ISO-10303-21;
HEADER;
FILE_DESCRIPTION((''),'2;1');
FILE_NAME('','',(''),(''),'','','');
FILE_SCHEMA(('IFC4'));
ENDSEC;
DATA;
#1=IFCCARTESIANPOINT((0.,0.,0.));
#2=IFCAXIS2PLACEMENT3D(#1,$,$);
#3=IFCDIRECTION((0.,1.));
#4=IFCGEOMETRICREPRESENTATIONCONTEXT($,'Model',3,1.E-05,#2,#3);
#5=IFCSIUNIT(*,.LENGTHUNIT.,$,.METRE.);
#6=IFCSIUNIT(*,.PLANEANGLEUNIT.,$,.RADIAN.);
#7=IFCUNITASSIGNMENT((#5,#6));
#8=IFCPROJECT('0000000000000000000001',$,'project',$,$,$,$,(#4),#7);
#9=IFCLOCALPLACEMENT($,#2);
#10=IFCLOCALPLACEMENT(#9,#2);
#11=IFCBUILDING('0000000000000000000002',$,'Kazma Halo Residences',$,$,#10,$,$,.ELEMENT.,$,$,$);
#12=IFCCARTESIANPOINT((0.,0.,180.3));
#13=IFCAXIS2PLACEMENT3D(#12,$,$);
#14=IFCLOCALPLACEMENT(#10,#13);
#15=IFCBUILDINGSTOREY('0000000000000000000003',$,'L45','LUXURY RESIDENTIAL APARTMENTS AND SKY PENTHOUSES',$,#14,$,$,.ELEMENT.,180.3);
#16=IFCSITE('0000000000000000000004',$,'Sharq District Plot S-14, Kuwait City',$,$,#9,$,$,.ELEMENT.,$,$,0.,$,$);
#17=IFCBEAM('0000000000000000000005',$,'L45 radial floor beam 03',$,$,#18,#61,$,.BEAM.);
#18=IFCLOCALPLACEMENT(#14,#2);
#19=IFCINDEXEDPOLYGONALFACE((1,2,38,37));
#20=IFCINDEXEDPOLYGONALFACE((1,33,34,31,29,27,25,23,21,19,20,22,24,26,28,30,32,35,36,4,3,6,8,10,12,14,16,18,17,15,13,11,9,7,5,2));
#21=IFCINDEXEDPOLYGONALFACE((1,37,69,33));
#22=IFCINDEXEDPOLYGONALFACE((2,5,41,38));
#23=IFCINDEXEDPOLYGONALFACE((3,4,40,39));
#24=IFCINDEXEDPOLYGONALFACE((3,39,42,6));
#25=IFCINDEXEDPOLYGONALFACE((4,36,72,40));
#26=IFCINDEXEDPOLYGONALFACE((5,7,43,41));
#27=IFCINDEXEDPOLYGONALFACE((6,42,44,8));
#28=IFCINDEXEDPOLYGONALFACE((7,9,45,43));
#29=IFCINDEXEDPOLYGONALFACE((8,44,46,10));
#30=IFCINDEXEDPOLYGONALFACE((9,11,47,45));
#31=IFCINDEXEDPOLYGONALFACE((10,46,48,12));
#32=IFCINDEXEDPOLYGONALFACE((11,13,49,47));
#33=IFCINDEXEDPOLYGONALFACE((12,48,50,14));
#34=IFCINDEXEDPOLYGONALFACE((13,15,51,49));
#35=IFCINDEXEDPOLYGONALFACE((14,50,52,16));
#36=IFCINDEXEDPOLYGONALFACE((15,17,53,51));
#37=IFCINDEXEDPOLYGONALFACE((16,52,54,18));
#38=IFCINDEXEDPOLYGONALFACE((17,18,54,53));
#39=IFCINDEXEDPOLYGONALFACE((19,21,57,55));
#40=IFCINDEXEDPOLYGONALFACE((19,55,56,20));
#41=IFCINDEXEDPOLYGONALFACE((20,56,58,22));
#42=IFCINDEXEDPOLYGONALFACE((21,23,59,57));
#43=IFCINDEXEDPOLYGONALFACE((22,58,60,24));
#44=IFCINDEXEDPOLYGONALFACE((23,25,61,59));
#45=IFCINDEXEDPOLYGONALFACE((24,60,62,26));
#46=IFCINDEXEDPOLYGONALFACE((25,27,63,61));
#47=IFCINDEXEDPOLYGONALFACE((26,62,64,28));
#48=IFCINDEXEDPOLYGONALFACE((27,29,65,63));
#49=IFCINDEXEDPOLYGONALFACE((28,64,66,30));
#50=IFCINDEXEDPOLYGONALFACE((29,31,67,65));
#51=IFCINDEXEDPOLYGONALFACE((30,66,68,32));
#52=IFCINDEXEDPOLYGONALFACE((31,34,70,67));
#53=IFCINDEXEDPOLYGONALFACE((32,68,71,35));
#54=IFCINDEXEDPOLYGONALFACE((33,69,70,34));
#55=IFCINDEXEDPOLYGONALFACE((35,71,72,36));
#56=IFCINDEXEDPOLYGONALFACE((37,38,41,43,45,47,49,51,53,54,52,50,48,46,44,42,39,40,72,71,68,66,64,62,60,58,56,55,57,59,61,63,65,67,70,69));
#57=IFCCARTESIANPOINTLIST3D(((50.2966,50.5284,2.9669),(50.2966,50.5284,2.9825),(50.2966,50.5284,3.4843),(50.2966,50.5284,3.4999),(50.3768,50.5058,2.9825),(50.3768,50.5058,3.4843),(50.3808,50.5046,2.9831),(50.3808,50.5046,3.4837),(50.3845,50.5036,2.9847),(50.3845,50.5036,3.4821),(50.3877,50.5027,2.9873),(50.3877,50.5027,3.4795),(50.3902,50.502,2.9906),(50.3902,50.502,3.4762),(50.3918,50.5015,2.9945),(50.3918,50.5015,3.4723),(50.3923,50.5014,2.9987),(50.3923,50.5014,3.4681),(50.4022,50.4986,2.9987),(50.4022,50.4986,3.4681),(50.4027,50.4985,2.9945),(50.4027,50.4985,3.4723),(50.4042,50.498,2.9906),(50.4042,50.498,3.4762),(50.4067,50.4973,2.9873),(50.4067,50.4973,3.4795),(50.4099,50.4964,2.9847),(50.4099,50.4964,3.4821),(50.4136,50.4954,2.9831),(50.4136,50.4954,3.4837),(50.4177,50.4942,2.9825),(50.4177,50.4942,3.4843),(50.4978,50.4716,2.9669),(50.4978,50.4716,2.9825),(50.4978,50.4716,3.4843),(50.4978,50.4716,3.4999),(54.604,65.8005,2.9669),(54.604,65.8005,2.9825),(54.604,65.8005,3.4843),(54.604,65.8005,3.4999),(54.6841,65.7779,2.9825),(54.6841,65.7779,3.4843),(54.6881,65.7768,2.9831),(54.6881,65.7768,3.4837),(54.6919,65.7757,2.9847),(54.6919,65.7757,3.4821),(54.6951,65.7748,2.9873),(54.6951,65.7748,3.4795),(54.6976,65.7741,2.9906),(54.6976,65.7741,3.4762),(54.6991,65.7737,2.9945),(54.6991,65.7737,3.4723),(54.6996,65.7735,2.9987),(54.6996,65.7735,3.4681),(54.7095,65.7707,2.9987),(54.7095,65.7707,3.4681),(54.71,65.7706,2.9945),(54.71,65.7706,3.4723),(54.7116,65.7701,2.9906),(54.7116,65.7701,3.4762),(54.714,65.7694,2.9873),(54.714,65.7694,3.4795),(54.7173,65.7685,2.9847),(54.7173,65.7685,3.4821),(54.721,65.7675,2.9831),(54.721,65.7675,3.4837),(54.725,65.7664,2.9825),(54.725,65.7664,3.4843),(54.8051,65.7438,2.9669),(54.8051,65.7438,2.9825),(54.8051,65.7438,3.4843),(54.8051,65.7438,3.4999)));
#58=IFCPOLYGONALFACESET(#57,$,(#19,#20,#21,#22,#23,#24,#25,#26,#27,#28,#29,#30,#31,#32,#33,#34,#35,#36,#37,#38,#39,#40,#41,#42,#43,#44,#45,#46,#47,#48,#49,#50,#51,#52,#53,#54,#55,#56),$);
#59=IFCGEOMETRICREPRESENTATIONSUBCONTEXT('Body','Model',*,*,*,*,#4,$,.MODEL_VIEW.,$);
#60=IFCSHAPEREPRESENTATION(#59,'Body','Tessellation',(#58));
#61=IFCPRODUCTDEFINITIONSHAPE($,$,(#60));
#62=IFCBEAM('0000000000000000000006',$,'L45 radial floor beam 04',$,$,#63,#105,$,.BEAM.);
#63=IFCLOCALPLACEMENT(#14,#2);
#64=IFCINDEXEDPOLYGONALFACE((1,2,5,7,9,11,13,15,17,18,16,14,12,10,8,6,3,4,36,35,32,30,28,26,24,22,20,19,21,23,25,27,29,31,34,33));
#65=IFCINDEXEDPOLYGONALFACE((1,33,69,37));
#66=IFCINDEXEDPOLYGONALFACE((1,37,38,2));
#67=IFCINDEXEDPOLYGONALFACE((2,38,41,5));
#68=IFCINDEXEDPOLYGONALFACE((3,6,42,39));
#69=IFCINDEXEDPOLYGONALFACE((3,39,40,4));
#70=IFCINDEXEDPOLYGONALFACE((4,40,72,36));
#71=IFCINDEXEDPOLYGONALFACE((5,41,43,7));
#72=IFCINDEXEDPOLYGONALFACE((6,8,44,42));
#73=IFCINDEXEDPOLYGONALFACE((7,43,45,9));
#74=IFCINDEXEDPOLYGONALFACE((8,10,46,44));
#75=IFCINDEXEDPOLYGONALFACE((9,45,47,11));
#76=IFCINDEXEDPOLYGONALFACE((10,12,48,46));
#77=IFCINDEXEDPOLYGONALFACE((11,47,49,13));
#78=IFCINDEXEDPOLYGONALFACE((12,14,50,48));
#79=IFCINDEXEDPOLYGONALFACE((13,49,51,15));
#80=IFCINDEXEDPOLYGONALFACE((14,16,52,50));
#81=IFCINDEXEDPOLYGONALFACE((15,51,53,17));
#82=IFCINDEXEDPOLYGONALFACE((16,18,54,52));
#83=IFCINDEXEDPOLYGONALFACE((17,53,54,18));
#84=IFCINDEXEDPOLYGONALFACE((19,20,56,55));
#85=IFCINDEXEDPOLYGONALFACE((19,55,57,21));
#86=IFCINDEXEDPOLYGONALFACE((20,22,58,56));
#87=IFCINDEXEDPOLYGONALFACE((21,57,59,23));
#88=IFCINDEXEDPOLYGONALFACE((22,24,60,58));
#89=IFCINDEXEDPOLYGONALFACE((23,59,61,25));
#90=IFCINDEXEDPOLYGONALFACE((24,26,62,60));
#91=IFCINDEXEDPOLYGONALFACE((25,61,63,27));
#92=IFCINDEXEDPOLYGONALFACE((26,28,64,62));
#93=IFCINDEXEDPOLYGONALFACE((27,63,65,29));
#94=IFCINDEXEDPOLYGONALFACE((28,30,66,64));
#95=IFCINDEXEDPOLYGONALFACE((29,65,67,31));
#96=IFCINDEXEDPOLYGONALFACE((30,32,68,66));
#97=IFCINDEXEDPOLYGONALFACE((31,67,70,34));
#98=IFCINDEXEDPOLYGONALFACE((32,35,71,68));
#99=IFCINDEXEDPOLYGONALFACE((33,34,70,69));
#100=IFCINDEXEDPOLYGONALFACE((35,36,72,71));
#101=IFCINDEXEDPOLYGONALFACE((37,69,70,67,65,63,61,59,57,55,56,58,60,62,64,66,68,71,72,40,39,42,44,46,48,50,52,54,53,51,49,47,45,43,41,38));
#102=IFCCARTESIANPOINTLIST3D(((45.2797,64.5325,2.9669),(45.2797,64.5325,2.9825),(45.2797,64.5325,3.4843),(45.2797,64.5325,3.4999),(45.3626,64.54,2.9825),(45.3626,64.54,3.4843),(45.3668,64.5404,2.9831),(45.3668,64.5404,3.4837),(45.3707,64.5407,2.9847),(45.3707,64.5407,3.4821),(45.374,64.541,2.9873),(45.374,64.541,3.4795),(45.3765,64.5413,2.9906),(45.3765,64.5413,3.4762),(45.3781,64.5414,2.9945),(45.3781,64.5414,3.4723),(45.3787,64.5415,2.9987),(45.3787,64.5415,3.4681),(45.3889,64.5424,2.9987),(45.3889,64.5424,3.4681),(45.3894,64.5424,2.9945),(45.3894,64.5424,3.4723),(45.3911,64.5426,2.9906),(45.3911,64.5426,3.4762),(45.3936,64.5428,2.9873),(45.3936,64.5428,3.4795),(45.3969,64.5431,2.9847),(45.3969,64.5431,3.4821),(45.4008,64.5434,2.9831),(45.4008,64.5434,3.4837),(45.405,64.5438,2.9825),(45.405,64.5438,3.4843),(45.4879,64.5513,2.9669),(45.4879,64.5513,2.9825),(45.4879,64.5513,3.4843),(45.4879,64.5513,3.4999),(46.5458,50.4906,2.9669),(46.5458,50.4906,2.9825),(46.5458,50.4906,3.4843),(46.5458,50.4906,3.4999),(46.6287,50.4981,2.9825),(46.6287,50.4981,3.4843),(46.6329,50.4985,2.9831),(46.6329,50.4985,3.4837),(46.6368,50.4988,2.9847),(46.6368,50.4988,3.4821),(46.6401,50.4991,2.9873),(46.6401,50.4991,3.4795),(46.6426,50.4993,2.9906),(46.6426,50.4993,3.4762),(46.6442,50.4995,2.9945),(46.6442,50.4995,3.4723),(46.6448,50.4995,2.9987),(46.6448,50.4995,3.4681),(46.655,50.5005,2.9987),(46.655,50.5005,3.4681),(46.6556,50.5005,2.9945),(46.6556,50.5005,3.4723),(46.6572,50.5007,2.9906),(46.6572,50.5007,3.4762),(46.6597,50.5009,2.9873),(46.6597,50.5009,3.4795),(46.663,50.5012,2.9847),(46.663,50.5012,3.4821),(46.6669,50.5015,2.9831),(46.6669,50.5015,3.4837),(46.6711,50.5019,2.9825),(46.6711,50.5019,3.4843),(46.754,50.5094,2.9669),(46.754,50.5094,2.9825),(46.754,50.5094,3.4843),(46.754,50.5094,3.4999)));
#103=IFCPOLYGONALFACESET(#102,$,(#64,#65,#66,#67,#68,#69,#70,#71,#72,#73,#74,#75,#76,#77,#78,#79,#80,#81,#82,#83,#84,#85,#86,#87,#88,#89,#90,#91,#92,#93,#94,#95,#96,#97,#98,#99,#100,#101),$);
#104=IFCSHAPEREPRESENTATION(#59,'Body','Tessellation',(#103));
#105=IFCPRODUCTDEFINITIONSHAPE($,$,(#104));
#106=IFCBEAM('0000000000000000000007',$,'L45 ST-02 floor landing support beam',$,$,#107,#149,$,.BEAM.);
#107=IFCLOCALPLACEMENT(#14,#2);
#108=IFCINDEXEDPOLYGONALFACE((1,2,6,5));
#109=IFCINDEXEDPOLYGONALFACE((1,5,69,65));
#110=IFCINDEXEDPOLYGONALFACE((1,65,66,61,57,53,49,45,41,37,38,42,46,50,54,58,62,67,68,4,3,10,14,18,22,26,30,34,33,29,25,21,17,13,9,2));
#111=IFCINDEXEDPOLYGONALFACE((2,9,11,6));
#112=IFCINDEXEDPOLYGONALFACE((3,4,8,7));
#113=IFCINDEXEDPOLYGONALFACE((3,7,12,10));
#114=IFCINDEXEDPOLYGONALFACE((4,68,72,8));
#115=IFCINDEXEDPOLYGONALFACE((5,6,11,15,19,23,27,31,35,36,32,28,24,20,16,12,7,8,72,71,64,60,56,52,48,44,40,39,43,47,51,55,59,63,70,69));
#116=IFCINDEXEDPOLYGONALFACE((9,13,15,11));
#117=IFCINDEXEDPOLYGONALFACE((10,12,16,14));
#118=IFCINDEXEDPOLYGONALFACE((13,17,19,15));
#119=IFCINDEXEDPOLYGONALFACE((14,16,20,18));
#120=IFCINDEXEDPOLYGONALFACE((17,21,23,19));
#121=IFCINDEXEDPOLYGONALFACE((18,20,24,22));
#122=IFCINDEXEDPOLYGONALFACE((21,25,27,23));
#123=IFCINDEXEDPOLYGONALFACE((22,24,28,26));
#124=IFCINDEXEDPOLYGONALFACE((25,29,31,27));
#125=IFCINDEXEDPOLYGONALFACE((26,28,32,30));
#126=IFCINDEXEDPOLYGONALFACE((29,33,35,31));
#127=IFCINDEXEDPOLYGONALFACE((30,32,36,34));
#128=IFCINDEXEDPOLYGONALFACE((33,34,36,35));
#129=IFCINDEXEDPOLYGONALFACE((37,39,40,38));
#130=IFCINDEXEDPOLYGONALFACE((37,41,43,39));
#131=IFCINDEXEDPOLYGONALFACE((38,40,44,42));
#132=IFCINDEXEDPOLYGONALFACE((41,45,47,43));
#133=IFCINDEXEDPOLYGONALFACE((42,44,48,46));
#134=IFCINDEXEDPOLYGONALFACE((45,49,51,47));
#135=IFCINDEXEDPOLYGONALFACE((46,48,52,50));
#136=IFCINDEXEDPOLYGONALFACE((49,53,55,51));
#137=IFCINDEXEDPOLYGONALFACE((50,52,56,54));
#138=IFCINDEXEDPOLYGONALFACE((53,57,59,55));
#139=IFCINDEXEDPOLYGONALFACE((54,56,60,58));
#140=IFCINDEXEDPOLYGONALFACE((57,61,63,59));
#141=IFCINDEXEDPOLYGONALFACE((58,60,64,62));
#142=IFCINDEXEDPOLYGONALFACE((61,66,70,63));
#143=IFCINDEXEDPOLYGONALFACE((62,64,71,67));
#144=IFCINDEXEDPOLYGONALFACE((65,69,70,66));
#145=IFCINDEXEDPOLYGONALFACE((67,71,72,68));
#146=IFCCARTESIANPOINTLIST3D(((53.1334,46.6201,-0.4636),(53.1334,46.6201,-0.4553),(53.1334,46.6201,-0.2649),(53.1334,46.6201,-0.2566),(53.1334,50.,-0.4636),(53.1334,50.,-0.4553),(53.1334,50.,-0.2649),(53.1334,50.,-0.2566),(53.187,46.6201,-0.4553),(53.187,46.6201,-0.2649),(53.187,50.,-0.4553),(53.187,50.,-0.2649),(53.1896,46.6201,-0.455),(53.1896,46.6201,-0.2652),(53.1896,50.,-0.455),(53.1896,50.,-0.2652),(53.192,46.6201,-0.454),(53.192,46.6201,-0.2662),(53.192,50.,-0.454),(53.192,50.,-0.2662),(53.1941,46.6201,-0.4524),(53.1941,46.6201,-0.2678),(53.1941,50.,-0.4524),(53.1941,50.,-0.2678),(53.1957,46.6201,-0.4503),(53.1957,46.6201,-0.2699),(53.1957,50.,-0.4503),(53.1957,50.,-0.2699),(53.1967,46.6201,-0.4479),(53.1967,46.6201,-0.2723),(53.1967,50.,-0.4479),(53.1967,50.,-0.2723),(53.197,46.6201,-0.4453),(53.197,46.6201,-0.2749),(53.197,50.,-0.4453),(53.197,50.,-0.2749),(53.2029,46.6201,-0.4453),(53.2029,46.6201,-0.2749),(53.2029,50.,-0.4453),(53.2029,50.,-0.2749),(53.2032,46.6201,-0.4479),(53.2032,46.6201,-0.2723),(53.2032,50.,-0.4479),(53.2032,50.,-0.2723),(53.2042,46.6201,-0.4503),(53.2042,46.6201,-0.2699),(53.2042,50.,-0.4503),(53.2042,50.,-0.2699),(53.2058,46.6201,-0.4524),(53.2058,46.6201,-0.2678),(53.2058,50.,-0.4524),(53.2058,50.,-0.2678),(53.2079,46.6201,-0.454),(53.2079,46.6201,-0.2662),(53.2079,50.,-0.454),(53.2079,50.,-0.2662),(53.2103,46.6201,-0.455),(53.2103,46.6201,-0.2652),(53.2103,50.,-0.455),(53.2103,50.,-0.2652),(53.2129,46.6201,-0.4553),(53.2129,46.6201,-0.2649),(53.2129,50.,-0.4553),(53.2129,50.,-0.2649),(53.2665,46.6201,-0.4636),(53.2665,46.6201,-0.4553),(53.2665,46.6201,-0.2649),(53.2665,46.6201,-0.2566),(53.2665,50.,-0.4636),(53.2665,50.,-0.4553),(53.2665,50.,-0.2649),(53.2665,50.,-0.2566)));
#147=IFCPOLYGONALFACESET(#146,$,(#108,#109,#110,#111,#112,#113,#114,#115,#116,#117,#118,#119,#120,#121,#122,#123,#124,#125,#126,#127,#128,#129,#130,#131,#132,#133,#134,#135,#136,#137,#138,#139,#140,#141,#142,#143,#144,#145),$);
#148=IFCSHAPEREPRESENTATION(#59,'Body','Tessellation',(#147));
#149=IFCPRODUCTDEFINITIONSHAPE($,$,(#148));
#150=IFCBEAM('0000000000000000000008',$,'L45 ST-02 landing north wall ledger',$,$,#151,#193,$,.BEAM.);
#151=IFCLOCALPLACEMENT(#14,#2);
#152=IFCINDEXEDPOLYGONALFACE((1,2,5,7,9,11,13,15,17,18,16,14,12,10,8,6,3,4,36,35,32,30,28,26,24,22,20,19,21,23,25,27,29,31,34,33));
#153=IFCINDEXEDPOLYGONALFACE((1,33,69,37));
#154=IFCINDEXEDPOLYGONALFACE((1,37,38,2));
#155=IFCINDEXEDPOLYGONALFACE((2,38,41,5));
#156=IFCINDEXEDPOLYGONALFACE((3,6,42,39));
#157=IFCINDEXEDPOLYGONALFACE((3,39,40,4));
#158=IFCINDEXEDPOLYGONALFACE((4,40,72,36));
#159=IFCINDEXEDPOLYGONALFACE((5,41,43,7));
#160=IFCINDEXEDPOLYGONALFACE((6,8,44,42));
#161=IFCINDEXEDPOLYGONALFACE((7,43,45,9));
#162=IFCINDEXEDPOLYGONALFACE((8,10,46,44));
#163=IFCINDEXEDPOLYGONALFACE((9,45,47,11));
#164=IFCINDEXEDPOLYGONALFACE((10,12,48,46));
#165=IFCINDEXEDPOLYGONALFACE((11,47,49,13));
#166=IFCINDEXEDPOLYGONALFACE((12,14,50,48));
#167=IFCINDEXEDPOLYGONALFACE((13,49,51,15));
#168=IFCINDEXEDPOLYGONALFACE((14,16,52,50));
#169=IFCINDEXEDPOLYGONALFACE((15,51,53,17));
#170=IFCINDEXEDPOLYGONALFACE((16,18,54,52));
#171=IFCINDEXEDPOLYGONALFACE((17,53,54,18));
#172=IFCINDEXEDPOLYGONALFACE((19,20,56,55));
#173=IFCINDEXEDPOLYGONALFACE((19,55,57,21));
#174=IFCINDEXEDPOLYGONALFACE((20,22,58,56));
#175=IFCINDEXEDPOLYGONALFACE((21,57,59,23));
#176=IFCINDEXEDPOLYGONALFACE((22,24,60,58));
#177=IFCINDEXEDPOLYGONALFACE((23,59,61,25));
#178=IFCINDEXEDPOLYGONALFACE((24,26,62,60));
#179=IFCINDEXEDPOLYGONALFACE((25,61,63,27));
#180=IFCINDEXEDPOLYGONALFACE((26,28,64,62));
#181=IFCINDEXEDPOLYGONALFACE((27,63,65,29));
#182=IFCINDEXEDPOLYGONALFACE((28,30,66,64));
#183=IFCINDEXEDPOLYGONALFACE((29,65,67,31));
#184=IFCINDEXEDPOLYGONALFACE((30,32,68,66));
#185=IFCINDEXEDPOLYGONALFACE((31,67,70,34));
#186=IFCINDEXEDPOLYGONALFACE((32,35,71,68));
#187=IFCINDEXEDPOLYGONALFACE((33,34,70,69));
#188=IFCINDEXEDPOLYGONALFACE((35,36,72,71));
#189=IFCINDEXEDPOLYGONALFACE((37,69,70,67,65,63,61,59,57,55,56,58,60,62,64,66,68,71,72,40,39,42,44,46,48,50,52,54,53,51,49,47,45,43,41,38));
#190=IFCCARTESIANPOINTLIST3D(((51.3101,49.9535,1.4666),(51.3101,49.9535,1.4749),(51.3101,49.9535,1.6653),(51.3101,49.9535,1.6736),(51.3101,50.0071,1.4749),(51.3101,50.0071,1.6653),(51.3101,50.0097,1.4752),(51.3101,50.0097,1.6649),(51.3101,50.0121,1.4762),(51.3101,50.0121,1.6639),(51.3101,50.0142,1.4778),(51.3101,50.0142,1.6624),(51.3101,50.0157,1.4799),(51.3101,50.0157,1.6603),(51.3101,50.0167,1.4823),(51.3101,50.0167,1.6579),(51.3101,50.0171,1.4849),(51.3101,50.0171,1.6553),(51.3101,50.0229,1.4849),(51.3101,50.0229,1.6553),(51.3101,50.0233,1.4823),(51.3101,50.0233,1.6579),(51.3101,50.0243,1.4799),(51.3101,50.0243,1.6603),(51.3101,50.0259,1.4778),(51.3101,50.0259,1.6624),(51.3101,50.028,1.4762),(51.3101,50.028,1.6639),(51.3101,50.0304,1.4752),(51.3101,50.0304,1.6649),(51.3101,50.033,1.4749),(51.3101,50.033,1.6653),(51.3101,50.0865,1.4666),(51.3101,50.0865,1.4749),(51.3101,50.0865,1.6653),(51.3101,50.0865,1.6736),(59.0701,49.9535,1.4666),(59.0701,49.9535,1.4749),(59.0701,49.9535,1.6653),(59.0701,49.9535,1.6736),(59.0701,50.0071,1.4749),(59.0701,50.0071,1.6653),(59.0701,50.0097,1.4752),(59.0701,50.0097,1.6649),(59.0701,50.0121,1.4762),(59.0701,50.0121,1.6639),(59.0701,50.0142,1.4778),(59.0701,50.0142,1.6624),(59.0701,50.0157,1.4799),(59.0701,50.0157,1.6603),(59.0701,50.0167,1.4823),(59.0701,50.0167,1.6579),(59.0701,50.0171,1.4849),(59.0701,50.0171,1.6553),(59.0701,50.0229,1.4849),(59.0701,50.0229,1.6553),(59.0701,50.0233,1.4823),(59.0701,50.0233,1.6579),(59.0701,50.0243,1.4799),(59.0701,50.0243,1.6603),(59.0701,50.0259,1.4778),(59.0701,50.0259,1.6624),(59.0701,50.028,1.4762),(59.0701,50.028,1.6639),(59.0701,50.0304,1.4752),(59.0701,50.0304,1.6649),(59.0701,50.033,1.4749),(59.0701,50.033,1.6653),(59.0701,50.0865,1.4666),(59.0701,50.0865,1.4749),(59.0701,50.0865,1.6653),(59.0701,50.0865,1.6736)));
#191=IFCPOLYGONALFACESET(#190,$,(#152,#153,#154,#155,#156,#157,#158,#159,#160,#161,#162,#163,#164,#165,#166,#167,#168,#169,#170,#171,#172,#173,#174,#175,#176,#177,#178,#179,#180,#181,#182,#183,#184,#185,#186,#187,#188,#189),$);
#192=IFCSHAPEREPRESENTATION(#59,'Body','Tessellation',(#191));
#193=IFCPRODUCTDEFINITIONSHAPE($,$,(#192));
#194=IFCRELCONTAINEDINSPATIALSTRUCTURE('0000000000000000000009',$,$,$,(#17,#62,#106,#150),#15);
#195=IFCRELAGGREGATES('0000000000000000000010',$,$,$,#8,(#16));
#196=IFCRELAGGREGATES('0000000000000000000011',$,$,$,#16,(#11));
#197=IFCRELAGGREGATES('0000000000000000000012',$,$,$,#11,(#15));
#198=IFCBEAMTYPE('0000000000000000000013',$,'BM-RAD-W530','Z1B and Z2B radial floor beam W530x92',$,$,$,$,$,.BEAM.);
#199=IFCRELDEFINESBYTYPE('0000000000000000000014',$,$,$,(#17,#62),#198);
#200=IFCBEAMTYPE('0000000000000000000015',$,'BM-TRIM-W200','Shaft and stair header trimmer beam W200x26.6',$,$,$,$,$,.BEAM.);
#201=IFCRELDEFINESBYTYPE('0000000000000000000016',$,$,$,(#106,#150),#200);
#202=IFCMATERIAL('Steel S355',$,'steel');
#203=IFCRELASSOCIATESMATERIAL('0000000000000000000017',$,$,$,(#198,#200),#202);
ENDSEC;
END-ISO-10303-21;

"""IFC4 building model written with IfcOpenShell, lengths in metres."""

from ifc_helpers import new_model, si_unit, direction, frame, origin, origin_2d, place, context, subcontext, project, spatial, i_section, extrude, material, material_profile, profile_set, type_object, element, save


model = new_model("IFC4")

# Units and contexts
model_context = context("Model", 3, precision=1e-05, world=origin(), true_north=direction((0.0, 1.0)))
body_context = subcontext(model_context, "Body", "Model", "MODEL_VIEW")
ifc_project = project(units=[si_unit("LENGTHUNIT", "METRE"), si_unit("PLANEANGLEUNIT", "RADIAN")], contexts=[model_context])

# Site, building, storey
site_placement = place(None, origin())
site = spatial("IfcSite", under=ifc_project, at=site_placement, Name="Sharq District Plot S-14, Kuwait City", CompositionType="ELEMENT", RefElevation=0.0)
building_placement = place(site_placement, origin())
building = spatial("IfcBuilding", under=site, at=building_placement, Name="Kazma Halo Residences", CompositionType="ELEMENT")
storey_placement = place(building_placement, frame((0.0, 0.0, 180.3)))
storey = spatial("IfcBuildingStorey", under=building, at=storey_placement, Name="L45", Description="LUXURY RESIDENTIAL APARTMENTS AND SKY PENTHOUSES", CompositionType="ELEMENT", Elevation=180.3)

# Shared definitions
ifc_material_1 = material(Name="Steel S355", Category="steel")

# Beams
ifc_material_profile_1 = material_profile(ifc_material_1, i_section(OverallWidth=0.209, OverallDepth=0.533, WebThickness=0.0103, FlangeThickness=0.0156, FilletRadius=0.0161, at=origin_2d()), Name="W530x92")
ifc_profile_set_1 = profile_set([ifc_material_profile_1], Name="Steel S355")
beam_type_1 = type_object("IfcBeamType", Name="BM-RAD-W530", Description="Z1B and Z2B radial floor beam W530x92", PredefinedType="BEAM", material=ifc_profile_set_1)
beam_1_placement = place(storey_placement, frame((50.3972, 50.5, 3.2334), z_axis=(0.27145, 0.962453, 0.0), x_axis=(-0.962453, 0.27145, 0.0)))
element("IfcBeam", 1, at=beam_1_placement, inside=storey, type_object=beam_type_1, Name="L45 radial floor beam 03", PredefinedType="BEAM", context=body_context, shape_type="SweptSolid", body=[
    extrude(i_section(OverallWidth=0.209, OverallDepth=0.533, WebThickness=0.0103, FlangeThickness=0.0156, FilletRadius=0.0161, at=origin_2d()), origin(), (0.0, 0.0, 1.0), 15.8679),
])
beam_2_placement = place(storey_placement, frame((46.6499, 50.5, 3.2334), z_axis=(-0.089802, 0.99596, 0.0), x_axis=(-0.99596, -0.089802, 0.0)))
element("IfcBeam", 2, at=beam_2_placement, inside=storey, type_object=beam_type_1, Name="L45 radial floor beam 04", PredefinedType="BEAM", context=body_context, shape_type="SweptSolid", body=[
    extrude(i_section(OverallWidth=0.209, OverallDepth=0.533, WebThickness=0.0103, FlangeThickness=0.0156, FilletRadius=0.0161, at=origin_2d()), origin(), (0.0, 0.0, 1.0), 14.0989),
])
ifc_material_profile_2 = material_profile(ifc_material_1, i_section(OverallWidth=0.1331, OverallDepth=0.207, WebThickness=0.0059, FlangeThickness=0.0083, FilletRadius=0.01, at=origin_2d()), Name="W200x26.6")
ifc_profile_set_2 = profile_set([ifc_material_profile_2], Name="Steel S355")
beam_type_2 = type_object("IfcBeamType", Name="BM-TRIM-W200", Description="Shaft and stair header trimmer beam W200x26.6", PredefinedType="BEAM", material=ifc_profile_set_2)
beam_3_placement = place(storey_placement, frame((53.2, 46.6201, -0.3601), z_axis=(0.0, 1.0, 0.0), x_axis=(-1.0, 0.0, 0.0)))
element("IfcBeam", 3, at=beam_3_placement, inside=storey, type_object=beam_type_2, Name="L45 ST-02 floor landing support beam", PredefinedType="BEAM", context=body_context, shape_type="SweptSolid", body=[
    extrude(i_section(OverallWidth=0.1331, OverallDepth=0.207, WebThickness=0.0059, FlangeThickness=0.0083, FilletRadius=0.01, at=origin_2d()), origin(), (0.0, 0.0, 1.0), 3.3799),
])
beam_4_placement = place(storey_placement, frame((51.3101, 50.02, 1.5701), z_axis=(1.0, 0.0, 0.0), x_axis=(0.0, 1.0, 0.0)))
element("IfcBeam", 4, at=beam_4_placement, inside=storey, type_object=beam_type_2, Name="L45 ST-02 landing north wall ledger", PredefinedType="BEAM", context=body_context, shape_type="SweptSolid", body=[
    extrude(i_section(OverallWidth=0.1331, OverallDepth=0.207, WebThickness=0.0059, FlangeThickness=0.0083, FilletRadius=0.01, at=origin_2d()), origin(), (0.0, 0.0, 1.0), 7.76),
])

save(model, "model.ifc")
